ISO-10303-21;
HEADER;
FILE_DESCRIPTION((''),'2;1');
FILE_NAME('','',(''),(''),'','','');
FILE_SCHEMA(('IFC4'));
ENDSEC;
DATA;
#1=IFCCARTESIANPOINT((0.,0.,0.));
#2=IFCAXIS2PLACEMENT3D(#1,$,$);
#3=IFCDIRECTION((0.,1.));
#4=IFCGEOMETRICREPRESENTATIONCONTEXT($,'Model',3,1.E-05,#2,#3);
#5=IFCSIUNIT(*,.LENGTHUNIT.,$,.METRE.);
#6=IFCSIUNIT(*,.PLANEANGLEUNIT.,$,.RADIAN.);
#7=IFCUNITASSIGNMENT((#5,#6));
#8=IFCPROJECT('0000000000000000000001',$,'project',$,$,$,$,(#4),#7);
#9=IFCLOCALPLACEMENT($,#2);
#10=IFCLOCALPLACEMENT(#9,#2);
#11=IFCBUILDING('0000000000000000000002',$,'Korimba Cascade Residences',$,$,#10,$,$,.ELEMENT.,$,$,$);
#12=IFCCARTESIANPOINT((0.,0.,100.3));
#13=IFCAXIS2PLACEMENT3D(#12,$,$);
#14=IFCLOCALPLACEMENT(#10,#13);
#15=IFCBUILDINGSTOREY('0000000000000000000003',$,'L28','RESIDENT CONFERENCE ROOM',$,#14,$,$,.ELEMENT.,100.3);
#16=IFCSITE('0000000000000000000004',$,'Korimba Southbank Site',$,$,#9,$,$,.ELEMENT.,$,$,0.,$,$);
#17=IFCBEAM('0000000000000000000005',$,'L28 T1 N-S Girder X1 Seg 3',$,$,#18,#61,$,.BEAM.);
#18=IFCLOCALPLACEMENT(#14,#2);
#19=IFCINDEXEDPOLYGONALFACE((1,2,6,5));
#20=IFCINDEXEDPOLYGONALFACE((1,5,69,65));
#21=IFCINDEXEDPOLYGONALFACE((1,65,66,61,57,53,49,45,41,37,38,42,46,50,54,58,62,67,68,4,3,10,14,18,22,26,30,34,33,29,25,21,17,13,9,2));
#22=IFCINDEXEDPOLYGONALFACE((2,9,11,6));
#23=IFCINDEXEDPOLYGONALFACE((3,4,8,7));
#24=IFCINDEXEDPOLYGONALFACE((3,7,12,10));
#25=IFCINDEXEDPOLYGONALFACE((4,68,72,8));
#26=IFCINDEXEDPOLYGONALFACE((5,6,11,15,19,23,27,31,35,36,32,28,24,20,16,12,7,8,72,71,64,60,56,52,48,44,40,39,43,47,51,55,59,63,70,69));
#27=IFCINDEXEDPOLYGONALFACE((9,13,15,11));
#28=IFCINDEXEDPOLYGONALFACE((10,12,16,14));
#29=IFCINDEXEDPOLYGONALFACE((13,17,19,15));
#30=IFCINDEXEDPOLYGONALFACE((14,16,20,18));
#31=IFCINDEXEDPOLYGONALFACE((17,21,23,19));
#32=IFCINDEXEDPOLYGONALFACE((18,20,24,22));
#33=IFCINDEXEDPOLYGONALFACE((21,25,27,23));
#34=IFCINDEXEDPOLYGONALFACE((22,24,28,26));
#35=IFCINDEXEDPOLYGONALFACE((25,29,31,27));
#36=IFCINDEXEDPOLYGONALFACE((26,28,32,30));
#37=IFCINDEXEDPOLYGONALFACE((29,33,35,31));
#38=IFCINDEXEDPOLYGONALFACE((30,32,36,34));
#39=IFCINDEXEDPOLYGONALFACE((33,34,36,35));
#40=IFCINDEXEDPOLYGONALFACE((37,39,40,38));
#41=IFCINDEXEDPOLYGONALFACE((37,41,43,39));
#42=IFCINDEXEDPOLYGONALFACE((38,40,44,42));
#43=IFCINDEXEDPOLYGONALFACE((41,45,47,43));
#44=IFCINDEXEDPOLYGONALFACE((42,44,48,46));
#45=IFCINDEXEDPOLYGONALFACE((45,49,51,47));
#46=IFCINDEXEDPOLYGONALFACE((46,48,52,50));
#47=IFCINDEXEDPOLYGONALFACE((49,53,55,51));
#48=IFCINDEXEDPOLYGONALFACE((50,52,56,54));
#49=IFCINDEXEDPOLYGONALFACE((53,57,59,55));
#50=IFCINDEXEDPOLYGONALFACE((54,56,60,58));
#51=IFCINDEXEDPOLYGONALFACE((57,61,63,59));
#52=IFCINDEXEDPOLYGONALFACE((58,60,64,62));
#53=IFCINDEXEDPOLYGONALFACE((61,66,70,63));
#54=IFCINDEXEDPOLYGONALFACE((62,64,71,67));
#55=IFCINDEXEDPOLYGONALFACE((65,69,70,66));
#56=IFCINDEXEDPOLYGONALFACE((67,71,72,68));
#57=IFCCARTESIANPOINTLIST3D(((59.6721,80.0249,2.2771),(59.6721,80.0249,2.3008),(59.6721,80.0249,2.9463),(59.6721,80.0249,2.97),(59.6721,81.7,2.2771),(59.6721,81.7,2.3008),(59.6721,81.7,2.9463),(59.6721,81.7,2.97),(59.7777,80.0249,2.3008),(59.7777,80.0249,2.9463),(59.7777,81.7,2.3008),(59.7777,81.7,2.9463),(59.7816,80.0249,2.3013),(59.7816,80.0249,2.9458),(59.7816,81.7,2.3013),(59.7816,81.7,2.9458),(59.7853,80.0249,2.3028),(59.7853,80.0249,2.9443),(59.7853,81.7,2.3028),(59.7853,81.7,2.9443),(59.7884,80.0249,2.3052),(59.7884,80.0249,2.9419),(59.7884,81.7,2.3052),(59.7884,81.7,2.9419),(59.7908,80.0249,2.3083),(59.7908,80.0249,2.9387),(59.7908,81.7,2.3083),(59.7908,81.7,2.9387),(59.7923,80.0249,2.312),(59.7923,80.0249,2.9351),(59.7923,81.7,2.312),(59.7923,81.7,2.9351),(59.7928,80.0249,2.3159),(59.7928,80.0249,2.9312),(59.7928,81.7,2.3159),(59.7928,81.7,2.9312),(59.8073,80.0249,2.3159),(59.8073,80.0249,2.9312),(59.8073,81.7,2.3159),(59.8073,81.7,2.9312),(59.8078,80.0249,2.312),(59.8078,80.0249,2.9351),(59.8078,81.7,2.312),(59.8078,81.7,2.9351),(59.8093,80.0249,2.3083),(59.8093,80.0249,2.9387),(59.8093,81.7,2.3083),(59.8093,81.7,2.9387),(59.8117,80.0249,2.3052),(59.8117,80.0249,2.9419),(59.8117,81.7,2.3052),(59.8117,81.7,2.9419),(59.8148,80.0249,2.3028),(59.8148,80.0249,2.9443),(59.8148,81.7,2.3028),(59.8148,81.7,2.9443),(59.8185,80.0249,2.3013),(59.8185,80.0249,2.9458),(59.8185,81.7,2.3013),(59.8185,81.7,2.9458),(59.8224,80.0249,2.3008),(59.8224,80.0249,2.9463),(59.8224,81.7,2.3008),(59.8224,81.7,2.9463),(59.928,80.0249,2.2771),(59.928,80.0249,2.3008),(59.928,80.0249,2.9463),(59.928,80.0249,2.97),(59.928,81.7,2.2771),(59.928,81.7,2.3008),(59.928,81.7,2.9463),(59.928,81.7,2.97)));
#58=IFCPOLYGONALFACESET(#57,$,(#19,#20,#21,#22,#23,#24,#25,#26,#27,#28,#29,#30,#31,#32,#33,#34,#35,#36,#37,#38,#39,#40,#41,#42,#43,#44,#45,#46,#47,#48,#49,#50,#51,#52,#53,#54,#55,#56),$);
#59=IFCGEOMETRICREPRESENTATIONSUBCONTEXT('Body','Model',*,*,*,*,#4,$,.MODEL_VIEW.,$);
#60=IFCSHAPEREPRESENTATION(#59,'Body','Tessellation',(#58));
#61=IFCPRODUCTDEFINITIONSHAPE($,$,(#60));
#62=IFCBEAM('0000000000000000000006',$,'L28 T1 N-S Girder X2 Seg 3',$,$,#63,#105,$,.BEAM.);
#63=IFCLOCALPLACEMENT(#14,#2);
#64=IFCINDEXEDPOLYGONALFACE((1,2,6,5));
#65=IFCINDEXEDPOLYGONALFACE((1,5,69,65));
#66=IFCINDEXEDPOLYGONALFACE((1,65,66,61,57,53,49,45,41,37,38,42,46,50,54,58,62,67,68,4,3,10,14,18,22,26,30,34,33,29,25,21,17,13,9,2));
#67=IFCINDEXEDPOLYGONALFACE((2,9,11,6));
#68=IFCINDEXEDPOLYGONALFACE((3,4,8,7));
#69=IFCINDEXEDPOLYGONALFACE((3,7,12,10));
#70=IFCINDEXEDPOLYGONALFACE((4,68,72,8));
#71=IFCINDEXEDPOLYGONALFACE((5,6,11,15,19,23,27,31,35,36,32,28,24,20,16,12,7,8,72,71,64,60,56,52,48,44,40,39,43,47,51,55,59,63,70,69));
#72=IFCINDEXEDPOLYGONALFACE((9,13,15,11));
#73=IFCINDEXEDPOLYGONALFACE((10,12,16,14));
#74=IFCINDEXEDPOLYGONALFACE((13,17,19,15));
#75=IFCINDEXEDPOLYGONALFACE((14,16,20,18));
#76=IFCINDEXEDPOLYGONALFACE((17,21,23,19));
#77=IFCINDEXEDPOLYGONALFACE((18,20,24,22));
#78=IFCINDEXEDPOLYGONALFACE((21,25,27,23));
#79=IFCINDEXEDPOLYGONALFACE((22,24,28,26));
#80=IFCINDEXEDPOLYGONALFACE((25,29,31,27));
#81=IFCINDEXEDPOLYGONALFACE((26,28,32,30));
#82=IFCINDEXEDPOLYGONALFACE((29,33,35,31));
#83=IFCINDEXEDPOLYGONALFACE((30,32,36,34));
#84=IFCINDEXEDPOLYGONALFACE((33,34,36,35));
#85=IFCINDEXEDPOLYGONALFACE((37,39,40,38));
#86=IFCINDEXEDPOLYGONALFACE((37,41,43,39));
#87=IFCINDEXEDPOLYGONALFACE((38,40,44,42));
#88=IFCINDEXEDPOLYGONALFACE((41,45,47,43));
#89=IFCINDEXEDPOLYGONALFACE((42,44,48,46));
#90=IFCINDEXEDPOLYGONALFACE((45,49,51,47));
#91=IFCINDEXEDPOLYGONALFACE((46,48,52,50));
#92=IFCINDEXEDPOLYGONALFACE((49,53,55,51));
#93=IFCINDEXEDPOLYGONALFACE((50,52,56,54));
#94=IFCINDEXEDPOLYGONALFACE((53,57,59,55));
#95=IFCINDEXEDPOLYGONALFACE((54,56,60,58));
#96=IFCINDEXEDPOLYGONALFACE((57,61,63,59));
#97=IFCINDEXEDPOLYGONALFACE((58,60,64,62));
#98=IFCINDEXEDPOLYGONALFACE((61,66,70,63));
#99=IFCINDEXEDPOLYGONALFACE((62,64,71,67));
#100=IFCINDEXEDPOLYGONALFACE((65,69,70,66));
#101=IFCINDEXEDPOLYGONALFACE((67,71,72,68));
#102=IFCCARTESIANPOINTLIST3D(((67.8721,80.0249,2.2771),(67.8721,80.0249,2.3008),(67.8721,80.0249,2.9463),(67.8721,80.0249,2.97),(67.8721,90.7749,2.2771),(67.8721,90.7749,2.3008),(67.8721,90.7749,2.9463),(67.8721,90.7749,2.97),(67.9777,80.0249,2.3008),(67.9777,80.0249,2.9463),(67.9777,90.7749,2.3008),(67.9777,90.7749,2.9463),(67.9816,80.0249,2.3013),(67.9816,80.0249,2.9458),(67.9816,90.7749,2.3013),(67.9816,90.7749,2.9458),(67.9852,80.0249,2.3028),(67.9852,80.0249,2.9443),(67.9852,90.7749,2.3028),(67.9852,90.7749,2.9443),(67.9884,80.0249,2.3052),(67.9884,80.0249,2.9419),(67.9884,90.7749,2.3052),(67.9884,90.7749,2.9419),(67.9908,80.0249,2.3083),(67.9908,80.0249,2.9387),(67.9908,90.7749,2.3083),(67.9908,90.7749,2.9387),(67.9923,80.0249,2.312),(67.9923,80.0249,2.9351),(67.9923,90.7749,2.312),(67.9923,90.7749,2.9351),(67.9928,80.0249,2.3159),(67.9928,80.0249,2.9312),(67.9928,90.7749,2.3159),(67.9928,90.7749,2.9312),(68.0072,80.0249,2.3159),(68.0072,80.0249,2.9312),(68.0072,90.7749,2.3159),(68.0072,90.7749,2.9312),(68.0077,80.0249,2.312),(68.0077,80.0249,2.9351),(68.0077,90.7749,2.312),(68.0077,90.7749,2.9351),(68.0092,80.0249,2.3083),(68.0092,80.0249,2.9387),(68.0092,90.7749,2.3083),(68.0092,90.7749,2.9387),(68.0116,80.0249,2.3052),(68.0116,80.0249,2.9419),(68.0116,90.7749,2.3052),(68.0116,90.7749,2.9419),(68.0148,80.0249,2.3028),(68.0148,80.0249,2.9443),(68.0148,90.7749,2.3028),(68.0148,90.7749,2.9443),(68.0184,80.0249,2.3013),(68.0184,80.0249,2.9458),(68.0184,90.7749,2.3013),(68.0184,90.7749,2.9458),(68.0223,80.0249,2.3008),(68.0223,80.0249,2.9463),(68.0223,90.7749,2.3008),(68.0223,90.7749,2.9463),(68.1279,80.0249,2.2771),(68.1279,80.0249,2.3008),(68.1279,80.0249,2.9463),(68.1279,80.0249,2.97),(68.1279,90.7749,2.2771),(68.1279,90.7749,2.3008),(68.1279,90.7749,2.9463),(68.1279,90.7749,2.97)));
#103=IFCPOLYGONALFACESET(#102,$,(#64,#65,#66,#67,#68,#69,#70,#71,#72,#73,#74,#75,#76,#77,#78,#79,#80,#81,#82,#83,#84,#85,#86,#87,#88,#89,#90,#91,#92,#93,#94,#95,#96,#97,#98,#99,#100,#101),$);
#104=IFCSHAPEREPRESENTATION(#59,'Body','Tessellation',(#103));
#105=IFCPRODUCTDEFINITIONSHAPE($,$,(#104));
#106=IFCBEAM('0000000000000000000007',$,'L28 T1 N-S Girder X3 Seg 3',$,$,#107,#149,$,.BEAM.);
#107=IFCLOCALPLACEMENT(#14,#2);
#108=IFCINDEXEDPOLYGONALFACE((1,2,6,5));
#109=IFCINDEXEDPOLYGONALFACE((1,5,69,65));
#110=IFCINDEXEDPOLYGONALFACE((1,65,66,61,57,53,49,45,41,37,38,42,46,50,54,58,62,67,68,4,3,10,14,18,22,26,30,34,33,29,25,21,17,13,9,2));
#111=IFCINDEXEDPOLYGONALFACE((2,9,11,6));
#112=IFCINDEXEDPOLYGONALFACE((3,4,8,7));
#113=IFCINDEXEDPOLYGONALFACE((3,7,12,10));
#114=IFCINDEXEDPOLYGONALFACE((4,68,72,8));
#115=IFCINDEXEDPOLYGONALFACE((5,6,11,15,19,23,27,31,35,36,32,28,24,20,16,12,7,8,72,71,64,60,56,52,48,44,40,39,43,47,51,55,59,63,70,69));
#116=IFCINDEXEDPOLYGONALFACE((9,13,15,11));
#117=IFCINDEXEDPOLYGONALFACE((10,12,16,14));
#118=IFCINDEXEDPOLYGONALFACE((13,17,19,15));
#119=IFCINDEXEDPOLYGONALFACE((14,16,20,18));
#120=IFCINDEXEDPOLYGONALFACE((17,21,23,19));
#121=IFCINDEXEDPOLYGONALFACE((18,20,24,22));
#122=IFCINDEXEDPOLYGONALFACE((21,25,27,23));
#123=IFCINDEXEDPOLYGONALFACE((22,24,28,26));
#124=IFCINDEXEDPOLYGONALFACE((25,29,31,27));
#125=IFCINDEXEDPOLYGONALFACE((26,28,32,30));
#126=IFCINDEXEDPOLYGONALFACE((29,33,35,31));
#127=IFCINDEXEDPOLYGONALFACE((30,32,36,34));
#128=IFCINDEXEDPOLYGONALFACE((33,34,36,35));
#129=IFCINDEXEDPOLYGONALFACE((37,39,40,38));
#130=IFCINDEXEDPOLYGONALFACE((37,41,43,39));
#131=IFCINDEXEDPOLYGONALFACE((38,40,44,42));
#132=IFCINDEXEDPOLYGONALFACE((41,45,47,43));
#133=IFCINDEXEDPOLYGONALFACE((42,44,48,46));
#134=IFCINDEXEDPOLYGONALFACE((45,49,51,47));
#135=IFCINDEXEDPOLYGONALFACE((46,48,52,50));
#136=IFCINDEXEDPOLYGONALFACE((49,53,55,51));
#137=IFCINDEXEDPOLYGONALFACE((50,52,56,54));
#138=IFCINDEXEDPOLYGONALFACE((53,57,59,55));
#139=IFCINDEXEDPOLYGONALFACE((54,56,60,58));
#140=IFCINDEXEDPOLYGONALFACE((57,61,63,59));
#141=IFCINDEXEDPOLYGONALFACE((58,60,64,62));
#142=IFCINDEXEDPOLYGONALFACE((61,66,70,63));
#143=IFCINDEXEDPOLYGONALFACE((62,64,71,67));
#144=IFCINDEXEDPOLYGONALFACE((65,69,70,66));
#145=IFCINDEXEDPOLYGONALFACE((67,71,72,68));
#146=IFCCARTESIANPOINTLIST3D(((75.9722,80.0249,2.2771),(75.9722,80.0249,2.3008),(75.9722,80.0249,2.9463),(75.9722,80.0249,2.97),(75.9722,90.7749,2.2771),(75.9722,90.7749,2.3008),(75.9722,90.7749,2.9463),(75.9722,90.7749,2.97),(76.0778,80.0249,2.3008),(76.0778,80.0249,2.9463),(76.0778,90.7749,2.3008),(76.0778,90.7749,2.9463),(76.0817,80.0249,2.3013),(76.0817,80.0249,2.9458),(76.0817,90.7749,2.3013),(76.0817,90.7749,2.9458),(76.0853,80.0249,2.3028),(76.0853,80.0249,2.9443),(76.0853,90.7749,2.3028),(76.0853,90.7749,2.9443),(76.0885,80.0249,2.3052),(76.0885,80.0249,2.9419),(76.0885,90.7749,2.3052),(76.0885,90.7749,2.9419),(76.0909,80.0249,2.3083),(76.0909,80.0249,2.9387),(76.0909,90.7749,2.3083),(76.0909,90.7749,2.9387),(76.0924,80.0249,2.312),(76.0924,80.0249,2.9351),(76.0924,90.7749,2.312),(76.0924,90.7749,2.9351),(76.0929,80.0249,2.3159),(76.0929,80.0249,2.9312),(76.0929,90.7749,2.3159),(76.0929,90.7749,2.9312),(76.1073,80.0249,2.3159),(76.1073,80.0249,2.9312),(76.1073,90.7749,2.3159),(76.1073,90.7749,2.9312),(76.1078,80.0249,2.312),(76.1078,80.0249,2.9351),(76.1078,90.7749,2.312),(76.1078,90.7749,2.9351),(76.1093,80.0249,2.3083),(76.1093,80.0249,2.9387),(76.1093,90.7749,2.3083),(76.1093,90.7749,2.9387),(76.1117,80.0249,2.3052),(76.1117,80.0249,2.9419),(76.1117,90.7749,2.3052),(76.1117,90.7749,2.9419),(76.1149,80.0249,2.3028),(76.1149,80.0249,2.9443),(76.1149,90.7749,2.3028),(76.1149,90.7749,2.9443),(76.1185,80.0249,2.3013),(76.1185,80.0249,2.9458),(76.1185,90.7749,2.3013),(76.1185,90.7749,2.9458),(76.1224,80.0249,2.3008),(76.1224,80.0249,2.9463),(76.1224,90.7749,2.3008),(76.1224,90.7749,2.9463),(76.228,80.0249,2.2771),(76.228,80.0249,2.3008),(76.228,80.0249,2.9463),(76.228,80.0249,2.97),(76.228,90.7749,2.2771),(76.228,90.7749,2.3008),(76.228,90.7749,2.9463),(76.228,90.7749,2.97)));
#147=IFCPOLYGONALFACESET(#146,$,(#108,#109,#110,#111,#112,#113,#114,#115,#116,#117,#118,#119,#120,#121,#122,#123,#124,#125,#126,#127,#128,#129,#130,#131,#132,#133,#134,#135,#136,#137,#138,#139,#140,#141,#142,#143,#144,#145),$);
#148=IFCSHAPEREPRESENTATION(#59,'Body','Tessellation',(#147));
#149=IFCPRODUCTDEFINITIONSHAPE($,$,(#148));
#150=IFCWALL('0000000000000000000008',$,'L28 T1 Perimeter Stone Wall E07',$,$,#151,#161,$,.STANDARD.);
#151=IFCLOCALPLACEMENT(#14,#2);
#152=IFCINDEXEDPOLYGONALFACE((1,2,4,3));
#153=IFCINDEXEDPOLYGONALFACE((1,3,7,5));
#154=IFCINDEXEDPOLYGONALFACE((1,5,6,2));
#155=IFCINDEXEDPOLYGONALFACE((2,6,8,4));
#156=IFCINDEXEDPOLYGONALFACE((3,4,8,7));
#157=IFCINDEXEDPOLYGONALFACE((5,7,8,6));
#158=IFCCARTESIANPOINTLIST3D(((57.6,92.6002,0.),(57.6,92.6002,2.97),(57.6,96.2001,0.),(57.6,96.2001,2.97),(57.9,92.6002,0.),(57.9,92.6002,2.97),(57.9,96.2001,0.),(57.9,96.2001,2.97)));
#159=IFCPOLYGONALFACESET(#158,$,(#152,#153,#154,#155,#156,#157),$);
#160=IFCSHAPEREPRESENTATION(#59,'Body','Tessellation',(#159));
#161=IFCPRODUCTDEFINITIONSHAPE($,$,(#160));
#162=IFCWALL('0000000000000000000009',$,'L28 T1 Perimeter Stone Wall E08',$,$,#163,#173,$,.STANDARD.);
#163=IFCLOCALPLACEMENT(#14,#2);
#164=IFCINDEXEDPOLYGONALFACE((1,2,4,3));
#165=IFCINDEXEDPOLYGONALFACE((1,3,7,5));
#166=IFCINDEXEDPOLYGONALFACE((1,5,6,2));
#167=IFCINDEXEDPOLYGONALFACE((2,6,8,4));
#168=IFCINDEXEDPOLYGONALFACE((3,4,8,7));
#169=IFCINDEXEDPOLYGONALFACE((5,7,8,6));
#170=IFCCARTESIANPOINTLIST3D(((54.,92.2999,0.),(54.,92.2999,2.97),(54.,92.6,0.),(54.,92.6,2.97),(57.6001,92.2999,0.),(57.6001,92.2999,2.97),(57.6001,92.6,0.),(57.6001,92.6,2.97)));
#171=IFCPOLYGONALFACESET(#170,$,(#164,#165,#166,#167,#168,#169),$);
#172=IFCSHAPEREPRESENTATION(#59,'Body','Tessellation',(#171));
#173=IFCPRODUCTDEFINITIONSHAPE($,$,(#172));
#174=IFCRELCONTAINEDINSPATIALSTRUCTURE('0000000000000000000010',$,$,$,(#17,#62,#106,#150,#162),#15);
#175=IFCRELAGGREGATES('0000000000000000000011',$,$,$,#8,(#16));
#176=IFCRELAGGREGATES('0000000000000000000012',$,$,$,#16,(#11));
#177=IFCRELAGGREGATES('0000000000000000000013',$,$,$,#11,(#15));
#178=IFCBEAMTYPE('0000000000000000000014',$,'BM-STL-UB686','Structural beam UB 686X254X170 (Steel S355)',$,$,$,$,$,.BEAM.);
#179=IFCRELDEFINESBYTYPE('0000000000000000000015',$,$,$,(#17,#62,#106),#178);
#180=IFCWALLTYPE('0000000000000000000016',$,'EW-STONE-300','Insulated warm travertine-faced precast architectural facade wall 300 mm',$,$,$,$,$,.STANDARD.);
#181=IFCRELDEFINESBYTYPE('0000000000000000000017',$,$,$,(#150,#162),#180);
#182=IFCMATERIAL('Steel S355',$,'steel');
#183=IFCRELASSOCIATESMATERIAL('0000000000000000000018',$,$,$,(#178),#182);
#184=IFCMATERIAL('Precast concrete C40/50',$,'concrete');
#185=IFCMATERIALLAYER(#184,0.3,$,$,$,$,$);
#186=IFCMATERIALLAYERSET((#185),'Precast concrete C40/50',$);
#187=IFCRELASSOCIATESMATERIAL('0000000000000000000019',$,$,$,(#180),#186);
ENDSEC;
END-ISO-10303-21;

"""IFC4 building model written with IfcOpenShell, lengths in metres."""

from ifc_helpers import new_model, si_unit, direction, frame, frame_2d, origin, origin_2d, place, context, subcontext, project, spatial, rectangle, i_section, extrude, material, layer, layer_set, material_profile, profile_set, type_object, element, save


model = new_model("IFC4")

# Units and contexts
model_context = context("Model", 3, precision=1e-05, world=origin(), true_north=direction((0.0, 1.0)))
body_context = subcontext(model_context, "Body", "Model", "MODEL_VIEW")
ifc_project = project(units=[si_unit("LENGTHUNIT", "METRE"), si_unit("PLANEANGLEUNIT", "RADIAN")], contexts=[model_context])

# Site, building, storey
site_placement = place(None, origin())
site = spatial("IfcSite", under=ifc_project, at=site_placement, Name="Korimba Southbank Site", CompositionType="ELEMENT", RefElevation=0.0)
building_placement = place(site_placement, origin())
building = spatial("IfcBuilding", under=site, at=building_placement, Name="Korimba Cascade Residences", CompositionType="ELEMENT")
storey_placement = place(building_placement, frame((0.0, 0.0, 100.3)))
storey = spatial("IfcBuildingStorey", under=building, at=storey_placement, Name="L28", Description="RESIDENT CONFERENCE ROOM", CompositionType="ELEMENT", Elevation=100.3)

# Beams
ifc_material_1 = material(Name="Steel S355", Category="steel")
ifc_material_profile_1 = material_profile(ifc_material_1, i_section(OverallWidth=0.2559, OverallDepth=0.6929, WebThickness=0.0144, FlangeThickness=0.0237, FilletRadius=0.0151, at=origin_2d()), Name="Steel S355")
ifc_profile_set_1 = profile_set([ifc_material_profile_1], Name="Steel S355")
beam_type_1 = type_object("IfcBeamType", Name="BM-STL-UB686", Description="Structural beam UB 686X254X170 (Steel S355)", PredefinedType="BEAM", material=ifc_profile_set_1)
beam_1_placement = place(storey_placement, frame((59.8, 80.0249, 2.6235), z_axis=(0.0, 1.0, 0.0), x_axis=(-1.0, 0.0, 0.0)))
element("IfcBeam", 1, at=beam_1_placement, inside=storey, type_object=beam_type_1, Name="L28 T1 N-S Girder X1 Seg 3", PredefinedType="BEAM", context=body_context, shape_type="SweptSolid", body=[
    extrude(i_section(OverallWidth=0.2559, OverallDepth=0.6929, WebThickness=0.0144, FlangeThickness=0.0237, FilletRadius=0.0151, at=origin_2d()), origin(), (0.0, 0.0, 1.0), 1.675),
])
for number, where, z_axis, x_axis, name in (
    (2, (68.0, 80.0249, 2.6235), (0.0, 1.0, 0.0), (-1.0, 0.0, 0.0), "L28 T1 N-S Girder X2 Seg 3"),
    (3, (76.1001, 80.0249, 2.6235), (0.0, 1.0, 0.0), (-1.0, 0.0, 0.0), "L28 T1 N-S Girder X3 Seg 3"),
):
    element("IfcBeam", number, at=place(storey_placement, frame(where, z_axis=z_axis, x_axis=x_axis)), inside=storey, type_object=beam_type_1, Name=name, PredefinedType="BEAM", context=body_context, shape_type="SweptSolid", body=[
        extrude(i_section(OverallWidth=0.2559, OverallDepth=0.6929, WebThickness=0.0144, FlangeThickness=0.0237, FilletRadius=0.0151, at=origin_2d()), origin(), (0.0, 0.0, 1.0), 10.75),
    ])

# Walls
ifc_material_2 = material(Name="Precast concrete C40/50", Category="concrete")
ifc_layer_1 = layer(ifc_material_2, 0.3)
ifc_layer_set_1 = layer_set([ifc_layer_1], Name="Precast concrete C40/50")
wall_type_1 = type_object("IfcWallType", Name="EW-STONE-300", Description="Insulated warm travertine-faced precast architectural facade wall 300 mm", PredefinedType="STANDARD", material=ifc_layer_set_1)
wall_1_placement = place(storey_placement, frame((57.75, 96.2, 0.0), z_axis=(0.0, 0.0, 1.0), x_axis=(0.0, -1.0, 0.0)))
element("IfcWall", 4, at=wall_1_placement, inside=storey, type_object=wall_type_1, Name="L28 T1 Perimeter Stone Wall E07", PredefinedType="STANDARD", context=body_context, shape_type="SweptSolid", body=[
    extrude(rectangle(XDim=3.5999, YDim=0.3, at=frame_2d((1.7998, 0.0))), origin(), (0.0, 0.0, 1.0), 2.97),
])
wall_2_placement = place(storey_placement, frame((57.6001, 92.45, 0.0), z_axis=(0.0, 0.0, 1.0), x_axis=(-1.0, 0.0, 0.0)))
element("IfcWall", 5, at=wall_2_placement, inside=storey, type_object=wall_type_1, Name="L28 T1 Perimeter Stone Wall E08", PredefinedType="STANDARD", context=body_context, shape_type="SweptSolid", body=[
    extrude(rectangle(XDim=3.6001, YDim=0.3, at=frame_2d((1.8, 0.0))), origin(), (0.0, 0.0, 1.0), 2.97),
])

save(model, "model.ifc")
